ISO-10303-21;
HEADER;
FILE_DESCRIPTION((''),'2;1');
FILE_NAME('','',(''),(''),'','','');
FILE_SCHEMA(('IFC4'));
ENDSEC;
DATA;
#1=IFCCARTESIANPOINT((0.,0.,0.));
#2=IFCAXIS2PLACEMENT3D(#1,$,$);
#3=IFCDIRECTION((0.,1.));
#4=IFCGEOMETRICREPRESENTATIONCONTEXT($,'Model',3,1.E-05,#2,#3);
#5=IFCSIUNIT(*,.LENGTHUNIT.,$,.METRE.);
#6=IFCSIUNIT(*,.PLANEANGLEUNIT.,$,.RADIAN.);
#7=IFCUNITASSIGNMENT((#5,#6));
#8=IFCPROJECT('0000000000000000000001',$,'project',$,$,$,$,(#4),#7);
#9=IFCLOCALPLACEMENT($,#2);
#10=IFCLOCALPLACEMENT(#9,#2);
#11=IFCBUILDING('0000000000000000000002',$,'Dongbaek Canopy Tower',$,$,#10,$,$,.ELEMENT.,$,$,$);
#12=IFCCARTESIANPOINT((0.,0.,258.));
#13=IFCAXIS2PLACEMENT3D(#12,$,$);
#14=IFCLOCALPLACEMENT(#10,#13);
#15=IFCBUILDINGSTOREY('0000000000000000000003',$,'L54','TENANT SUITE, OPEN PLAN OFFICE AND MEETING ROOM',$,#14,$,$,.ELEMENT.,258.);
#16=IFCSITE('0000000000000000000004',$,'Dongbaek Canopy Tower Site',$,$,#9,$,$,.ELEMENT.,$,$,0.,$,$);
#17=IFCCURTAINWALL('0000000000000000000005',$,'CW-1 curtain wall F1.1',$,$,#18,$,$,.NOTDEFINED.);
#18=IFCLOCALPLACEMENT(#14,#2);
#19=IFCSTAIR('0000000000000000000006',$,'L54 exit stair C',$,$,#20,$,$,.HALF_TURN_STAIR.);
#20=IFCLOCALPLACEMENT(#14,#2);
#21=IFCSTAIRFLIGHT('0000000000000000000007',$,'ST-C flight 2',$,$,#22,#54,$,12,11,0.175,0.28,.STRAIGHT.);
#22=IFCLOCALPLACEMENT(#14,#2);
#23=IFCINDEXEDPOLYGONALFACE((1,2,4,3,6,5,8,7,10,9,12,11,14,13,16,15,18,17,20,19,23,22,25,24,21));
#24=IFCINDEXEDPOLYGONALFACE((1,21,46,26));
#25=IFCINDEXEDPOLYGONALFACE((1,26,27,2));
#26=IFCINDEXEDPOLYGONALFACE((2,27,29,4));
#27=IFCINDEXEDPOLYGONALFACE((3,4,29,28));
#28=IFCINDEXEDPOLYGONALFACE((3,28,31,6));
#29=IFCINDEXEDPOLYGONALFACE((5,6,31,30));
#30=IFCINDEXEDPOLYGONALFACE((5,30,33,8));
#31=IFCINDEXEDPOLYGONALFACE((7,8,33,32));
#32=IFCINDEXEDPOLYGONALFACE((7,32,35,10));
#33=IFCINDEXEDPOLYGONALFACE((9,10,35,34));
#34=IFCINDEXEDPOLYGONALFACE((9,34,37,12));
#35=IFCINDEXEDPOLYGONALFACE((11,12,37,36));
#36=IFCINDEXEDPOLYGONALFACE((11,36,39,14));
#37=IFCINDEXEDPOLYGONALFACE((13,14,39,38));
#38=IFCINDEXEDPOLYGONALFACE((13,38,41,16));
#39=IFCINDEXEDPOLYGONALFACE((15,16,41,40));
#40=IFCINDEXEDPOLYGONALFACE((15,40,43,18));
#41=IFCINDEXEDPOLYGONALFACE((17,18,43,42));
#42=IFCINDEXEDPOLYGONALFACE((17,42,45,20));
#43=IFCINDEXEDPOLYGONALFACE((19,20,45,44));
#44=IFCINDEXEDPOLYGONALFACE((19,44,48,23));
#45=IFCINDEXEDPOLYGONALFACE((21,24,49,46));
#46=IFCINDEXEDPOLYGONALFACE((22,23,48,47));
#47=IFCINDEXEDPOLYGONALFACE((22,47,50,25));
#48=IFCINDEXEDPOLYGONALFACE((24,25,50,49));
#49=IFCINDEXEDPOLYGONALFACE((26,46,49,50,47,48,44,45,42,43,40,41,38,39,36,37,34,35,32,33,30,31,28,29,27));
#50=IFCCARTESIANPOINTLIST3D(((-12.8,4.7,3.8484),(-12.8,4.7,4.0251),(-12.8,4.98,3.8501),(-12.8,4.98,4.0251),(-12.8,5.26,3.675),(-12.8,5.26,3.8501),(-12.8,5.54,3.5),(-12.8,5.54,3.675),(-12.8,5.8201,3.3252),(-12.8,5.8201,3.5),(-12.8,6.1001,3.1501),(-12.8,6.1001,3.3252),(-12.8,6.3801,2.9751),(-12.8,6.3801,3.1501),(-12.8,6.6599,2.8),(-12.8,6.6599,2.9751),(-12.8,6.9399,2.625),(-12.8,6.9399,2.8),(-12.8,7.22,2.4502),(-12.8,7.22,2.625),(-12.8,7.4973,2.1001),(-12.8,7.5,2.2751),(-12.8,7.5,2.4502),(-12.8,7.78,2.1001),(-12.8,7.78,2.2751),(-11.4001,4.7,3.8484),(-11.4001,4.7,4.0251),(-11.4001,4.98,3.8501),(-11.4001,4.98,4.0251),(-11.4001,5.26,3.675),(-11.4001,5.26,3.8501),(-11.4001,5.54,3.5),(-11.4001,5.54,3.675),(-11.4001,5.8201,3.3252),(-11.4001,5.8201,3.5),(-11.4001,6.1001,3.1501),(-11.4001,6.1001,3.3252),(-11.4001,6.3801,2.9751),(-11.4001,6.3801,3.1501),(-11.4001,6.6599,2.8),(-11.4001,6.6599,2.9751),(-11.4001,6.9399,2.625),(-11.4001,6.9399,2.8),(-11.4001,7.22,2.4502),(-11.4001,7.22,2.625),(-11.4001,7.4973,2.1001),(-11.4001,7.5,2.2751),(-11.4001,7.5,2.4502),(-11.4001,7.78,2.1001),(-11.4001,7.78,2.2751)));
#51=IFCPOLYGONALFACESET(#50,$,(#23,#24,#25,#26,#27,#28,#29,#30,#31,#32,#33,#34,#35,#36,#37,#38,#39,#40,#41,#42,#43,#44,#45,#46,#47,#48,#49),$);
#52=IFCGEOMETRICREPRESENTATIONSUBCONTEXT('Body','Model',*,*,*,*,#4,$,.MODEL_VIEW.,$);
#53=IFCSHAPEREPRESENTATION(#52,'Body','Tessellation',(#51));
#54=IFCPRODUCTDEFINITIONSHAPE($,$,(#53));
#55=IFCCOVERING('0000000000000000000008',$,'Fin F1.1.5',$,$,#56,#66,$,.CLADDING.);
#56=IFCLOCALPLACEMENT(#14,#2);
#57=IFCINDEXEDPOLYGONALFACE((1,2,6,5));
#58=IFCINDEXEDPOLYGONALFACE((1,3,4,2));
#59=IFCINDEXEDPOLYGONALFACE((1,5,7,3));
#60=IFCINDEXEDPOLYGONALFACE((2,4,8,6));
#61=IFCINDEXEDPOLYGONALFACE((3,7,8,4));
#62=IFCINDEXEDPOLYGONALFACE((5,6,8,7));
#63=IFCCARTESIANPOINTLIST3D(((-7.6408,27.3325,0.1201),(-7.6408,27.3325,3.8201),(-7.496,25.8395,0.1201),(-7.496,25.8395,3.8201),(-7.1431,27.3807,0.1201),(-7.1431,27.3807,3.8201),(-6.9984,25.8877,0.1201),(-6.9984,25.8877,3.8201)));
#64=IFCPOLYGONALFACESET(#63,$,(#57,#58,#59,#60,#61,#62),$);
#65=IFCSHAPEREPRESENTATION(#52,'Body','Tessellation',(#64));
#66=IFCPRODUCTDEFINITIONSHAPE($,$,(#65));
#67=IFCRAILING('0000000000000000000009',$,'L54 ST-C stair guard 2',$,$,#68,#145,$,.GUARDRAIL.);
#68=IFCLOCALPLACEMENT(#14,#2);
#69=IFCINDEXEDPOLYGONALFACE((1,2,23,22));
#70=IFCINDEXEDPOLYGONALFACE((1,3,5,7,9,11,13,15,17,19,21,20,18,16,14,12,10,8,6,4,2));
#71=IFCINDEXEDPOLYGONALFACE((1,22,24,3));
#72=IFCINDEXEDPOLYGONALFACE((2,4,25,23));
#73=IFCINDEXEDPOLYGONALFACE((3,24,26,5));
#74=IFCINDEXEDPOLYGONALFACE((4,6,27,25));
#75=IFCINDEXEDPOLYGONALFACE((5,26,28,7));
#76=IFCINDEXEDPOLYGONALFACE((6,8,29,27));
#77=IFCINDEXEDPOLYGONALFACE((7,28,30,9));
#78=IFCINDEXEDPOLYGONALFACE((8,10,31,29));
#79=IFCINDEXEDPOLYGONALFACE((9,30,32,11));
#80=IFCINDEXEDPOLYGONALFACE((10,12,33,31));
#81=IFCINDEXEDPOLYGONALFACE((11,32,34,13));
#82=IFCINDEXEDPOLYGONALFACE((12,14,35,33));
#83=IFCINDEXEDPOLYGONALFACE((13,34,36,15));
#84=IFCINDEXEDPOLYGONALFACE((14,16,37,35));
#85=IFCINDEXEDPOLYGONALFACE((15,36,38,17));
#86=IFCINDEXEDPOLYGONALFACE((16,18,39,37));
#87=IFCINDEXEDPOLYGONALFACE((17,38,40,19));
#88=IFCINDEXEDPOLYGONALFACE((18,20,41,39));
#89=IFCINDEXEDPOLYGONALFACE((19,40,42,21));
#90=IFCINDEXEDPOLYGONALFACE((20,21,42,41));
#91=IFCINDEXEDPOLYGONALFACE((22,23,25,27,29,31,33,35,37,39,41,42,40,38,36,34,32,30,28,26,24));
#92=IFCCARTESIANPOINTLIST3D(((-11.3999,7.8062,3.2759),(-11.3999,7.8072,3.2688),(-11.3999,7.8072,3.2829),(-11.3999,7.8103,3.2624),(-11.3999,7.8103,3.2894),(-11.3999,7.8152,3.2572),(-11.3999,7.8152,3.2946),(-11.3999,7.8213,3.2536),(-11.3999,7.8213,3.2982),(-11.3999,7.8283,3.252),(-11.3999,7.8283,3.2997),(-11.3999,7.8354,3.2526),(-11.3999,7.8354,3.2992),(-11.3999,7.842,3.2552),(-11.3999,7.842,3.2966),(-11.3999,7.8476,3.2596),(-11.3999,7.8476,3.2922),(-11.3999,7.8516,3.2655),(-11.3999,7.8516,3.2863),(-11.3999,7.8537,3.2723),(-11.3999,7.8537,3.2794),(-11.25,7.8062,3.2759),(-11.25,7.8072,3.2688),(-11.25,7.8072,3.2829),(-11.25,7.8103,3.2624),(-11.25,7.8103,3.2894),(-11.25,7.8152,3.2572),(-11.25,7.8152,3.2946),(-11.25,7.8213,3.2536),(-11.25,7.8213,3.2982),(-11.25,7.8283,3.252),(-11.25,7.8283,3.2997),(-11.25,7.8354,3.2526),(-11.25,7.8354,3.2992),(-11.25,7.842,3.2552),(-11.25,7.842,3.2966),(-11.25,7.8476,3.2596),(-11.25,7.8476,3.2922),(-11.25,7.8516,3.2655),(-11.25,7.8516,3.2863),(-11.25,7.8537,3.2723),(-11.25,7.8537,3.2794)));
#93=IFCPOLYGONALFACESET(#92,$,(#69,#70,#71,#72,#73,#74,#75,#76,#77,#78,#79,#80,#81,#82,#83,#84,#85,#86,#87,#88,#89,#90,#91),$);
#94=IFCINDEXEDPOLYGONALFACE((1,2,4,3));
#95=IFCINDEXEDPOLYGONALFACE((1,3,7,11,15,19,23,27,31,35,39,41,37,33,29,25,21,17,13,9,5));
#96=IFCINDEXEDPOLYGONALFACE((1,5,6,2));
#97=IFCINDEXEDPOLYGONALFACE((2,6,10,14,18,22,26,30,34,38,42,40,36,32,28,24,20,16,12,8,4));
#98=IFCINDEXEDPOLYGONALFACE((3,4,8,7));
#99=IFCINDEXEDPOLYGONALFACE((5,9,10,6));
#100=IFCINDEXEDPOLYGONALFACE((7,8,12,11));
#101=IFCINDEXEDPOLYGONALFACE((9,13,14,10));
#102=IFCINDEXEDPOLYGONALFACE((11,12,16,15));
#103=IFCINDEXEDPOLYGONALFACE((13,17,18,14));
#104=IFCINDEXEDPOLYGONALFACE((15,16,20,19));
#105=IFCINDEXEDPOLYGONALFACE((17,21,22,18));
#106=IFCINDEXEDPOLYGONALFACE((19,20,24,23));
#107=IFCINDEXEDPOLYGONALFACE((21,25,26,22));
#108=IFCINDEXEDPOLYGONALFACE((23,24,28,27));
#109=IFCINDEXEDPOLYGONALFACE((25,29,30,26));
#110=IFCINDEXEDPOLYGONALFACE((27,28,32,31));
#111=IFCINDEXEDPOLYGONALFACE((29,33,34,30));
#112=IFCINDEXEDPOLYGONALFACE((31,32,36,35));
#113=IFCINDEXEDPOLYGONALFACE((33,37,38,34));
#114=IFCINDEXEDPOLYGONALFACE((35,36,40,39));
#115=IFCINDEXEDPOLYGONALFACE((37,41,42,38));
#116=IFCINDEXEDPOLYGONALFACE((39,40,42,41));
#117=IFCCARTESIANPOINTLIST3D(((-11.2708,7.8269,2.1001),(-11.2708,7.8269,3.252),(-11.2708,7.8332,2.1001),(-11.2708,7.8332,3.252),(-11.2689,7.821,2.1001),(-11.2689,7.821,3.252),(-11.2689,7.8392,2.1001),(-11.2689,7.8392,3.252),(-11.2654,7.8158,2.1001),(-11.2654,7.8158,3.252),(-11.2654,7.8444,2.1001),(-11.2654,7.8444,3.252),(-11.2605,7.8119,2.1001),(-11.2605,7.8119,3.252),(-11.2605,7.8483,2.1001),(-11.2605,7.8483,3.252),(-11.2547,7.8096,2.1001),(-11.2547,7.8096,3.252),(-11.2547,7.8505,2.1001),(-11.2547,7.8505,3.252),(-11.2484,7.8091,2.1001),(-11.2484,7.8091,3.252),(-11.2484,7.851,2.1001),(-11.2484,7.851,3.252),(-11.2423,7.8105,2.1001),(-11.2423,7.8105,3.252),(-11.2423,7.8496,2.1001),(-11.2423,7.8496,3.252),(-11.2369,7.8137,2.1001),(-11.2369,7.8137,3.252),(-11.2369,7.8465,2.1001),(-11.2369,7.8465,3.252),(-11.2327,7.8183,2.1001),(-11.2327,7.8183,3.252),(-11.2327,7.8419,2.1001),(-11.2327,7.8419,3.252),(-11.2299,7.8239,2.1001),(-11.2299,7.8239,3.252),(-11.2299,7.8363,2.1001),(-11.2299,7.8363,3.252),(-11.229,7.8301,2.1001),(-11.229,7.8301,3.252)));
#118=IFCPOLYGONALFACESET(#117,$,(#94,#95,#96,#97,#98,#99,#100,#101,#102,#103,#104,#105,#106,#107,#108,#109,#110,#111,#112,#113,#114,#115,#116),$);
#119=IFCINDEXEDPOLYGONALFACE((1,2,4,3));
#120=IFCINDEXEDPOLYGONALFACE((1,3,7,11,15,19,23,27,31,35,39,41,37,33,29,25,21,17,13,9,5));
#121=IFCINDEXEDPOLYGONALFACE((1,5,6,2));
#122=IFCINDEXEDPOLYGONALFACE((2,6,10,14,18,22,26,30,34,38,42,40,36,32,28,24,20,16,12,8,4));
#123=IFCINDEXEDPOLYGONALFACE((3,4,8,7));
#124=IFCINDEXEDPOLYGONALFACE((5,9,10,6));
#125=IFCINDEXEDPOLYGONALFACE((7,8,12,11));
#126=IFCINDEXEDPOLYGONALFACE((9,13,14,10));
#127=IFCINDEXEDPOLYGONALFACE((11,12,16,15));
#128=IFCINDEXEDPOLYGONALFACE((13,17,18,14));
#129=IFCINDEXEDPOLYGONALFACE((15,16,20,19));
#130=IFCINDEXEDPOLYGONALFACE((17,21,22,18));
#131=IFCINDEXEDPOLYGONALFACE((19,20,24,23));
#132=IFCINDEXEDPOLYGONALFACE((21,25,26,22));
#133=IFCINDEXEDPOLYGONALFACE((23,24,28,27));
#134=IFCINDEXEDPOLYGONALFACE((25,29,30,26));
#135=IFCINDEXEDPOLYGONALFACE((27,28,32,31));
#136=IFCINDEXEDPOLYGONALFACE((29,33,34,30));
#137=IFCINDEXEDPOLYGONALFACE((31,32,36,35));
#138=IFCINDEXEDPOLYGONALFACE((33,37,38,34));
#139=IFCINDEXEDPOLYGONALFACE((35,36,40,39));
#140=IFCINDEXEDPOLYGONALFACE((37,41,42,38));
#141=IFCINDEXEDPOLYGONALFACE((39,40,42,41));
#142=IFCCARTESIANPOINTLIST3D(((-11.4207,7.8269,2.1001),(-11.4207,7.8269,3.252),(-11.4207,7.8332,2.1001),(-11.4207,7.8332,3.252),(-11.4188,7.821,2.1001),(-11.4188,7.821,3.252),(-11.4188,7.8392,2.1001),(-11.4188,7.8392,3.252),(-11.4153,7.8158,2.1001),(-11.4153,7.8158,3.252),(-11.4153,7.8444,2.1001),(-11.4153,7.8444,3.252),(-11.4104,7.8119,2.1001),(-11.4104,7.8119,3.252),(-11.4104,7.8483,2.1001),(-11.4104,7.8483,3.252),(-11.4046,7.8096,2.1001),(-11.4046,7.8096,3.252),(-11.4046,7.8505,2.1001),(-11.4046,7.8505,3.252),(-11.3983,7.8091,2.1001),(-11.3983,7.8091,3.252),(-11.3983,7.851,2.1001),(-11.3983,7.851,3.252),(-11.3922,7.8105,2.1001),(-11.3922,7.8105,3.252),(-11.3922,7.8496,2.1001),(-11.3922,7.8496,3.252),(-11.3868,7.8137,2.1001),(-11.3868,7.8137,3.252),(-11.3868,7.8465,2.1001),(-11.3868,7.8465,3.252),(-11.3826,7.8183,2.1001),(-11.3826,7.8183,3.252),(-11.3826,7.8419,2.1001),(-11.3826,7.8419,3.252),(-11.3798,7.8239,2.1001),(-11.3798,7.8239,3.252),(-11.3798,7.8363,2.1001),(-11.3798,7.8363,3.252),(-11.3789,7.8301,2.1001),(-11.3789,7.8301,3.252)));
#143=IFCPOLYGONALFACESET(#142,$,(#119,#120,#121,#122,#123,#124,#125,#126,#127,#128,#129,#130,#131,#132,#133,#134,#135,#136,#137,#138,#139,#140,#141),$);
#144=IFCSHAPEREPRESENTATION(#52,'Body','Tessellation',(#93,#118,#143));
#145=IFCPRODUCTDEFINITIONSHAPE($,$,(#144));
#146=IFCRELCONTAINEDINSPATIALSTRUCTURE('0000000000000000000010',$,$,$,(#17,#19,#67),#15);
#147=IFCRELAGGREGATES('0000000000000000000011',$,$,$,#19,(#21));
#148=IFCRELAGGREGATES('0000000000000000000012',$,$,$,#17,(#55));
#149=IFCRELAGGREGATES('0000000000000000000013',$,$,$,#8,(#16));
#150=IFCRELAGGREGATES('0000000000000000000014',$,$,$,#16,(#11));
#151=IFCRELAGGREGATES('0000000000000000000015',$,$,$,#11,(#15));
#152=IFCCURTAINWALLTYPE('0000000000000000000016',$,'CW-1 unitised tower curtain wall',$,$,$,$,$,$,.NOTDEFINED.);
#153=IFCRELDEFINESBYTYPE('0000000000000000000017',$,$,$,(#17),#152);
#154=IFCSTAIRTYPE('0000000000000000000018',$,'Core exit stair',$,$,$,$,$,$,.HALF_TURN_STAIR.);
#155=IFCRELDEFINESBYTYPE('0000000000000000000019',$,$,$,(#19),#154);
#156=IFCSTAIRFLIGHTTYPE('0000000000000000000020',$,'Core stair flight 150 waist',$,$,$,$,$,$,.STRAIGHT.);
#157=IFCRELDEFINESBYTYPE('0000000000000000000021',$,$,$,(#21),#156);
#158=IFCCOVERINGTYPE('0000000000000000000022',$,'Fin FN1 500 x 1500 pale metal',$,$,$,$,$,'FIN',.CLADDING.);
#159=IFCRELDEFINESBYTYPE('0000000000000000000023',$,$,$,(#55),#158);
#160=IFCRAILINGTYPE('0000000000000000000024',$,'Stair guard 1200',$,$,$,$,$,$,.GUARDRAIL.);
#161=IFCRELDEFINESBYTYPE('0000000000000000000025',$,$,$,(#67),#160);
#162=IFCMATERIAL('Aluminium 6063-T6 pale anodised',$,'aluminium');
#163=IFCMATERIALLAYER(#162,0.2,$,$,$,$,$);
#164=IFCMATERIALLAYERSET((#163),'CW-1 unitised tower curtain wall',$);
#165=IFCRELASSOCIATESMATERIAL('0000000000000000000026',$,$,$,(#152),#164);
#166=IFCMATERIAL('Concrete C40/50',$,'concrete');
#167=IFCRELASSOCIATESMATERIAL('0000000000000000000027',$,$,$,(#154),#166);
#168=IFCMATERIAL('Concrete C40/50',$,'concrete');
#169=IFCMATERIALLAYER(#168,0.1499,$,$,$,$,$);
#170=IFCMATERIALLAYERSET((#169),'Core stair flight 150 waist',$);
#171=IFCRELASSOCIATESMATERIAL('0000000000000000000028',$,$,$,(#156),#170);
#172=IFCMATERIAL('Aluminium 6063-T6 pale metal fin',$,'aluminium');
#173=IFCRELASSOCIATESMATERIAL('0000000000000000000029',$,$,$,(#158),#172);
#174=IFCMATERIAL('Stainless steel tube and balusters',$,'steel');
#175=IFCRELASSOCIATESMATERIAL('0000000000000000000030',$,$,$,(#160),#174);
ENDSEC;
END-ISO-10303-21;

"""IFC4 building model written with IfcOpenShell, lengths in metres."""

from ifc_helpers import new_model, si_unit, direction, frame, origin, origin_2d, place, context, subcontext, project, spatial, polyline, rectangle, circle, outline, extrude, material, layer, layer_set, material_profile, profile_set, type_object, element, aggregate, save


model = new_model("IFC4")

# Units and contexts
model_context = context("Model", 3, precision=1e-05, world=origin(), true_north=direction((0.0, 1.0)))
body_context = subcontext(model_context, "Body", "Model", "MODEL_VIEW")
ifc_project = project(units=[si_unit("LENGTHUNIT", "METRE"), si_unit("PLANEANGLEUNIT", "RADIAN")], contexts=[model_context])

# Site, building, storey
site_placement = place(None, origin())
site = spatial("IfcSite", under=ifc_project, at=site_placement, Name="Dongbaek Canopy Tower Site", CompositionType="ELEMENT", RefElevation=0.0)
building_placement = place(site_placement, origin())
building = spatial("IfcBuilding", under=site, at=building_placement, Name="Dongbaek Canopy Tower", CompositionType="ELEMENT")
storey_placement = place(building_placement, frame((0.0, 0.0, 258.0)))
storey = spatial("IfcBuildingStorey", under=building, at=storey_placement, Name="L54", Description="TENANT SUITE, OPEN PLAN OFFICE AND MEETING ROOM", CompositionType="ELEMENT", Elevation=258.0)

# Curtain wall
ifc_material_1 = material(Name="Aluminium 6063-T6 pale anodised", Category="aluminium")
ifc_layer_1 = layer(ifc_material_1, 0.2)
ifc_layer_set_1 = layer_set([ifc_layer_1], Name="CW-1 unitised tower curtain wall")
curtain_wall_type = type_object("IfcCurtainWallType", Name="CW-1 unitised tower curtain wall", PredefinedType="NOTDEFINED", material=ifc_layer_set_1)
curtain_wall_1_placement = place(storey_placement, origin())
curtain_wall_1 = element("IfcCurtainWall", 1, at=curtain_wall_1_placement, inside=storey, type_object=curtain_wall_type, Name="CW-1 curtain wall F1.1", PredefinedType="NOTDEFINED")

# Stair, stair flight
ifc_material_2 = material(Name="Concrete C40/50", Category="concrete")
stair_type = type_object("IfcStairType", Name="Core exit stair", PredefinedType="HALF_TURN_STAIR", material=ifc_material_2)
stair_placement = place(storey_placement, origin())
stair = element("IfcStair", 2, at=stair_placement, inside=storey, type_object=stair_type, Name="L54 exit stair C", PredefinedType="HALF_TURN_STAIR")
ifc_material_3 = material(Name="Concrete C40/50", Category="concrete")
ifc_layer_2 = layer(ifc_material_3, 0.1499)
ifc_layer_set_2 = layer_set([ifc_layer_2], Name="Core stair flight 150 waist")
stair_flight_type = type_object("IfcStairFlightType", Name="Core stair flight 150 waist", PredefinedType="STRAIGHT", material=ifc_layer_set_2)
stair_flight_placement = place(storey_placement, frame((-12.1001, 7.78, 2.1001), z_axis=(0.0, 0.0, 1.0), x_axis=(0.0, -1.0, 0.0)))
stair_flight = element("IfcStairFlight", 3, at=stair_flight_placement, type_object=stair_flight_type, Name="ST-C flight 2", NumberOfRisers=12, NumberOfTreads=11, PredefinedType="STRAIGHT", RiserHeight=0.175, TreadLength=0.28, context=body_context, shape_type="SweptSolid", body=[
    extrude(outline(polyline([(0.0, 0.0), (0.0, 0.175), (0.28, 0.175), (0.28, 0.3501), (0.5601, 0.3501), (0.5601, 0.5249), (0.8401, 0.5249), (0.8401, 0.7), (1.1201, 0.7), (1.1201, 0.875), (1.3999, 0.875), (1.3999, 1.05), (1.6799, 1.05), (1.6799, 1.2251), (1.96, 1.2251), (1.96, 1.3999), (2.24, 1.3999), (2.24, 1.575), (2.52, 1.575), (2.52, 1.75), (2.8, 1.75), (2.8, 1.925), (3.0801, 1.925), (3.0801, 2.1001), (3.0801, 1.7483), (0.2827, 0.0), (0.0, 0.0)])), frame((0.0, 0.7, 0.0), z_axis=(0.0, -1.0, 0.0), x_axis=(1.0, 0.0, 0.0)), (0.0, 0.0, 1.0), 1.3999),
])
aggregate(stair, [stair_flight])

# Covering
ifc_material_4 = material(Name="Aluminium 6063-T6 pale metal fin", Category="aluminium")
ifc_material_profile_1 = material_profile(ifc_material_4, rectangle(XDim=1.5, YDim=0.5, at=origin_2d()), Name="Fin FN1 500 x 1500 pale metal")
ifc_profile_set_1 = profile_set([ifc_material_profile_1], Name="Aluminium 6063-T6 pale metal fin")
covering_type = type_object("IfcCoveringType", Name="Fin FN1 500 x 1500 pale metal", ElementType="FIN", PredefinedType="CLADDING", material=ifc_profile_set_1)
covering_placement = place(storey_placement, frame((-7.3196, 26.6101, 0.1201), z_axis=(0.0, 0.0, 1.0), x_axis=(-0.096506, 0.995332, 0.0)))
covering = element("IfcCovering", 4, at=covering_placement, type_object=covering_type, Name="Fin F1.1.5", PredefinedType="CLADDING", context=body_context, shape_type="SweptSolid", body=[
    extrude(rectangle(XDim=1.5, YDim=0.5, at=origin_2d()), origin(), (0.0, 0.0, 1.0), 3.7),
])
aggregate(curtain_wall_1, [covering])

# Railing
ifc_material_5 = material(Name="Stainless steel tube and balusters", Category="steel")
railing_type_1 = type_object("IfcRailingType", Name="Stair guard 1200", PredefinedType="GUARDRAIL", material=ifc_material_5)
railing_1_placement = place(storey_placement, frame((-11.25, 7.8301, 2.1001)))
element("IfcRailing", 5, at=railing_1_placement, inside=storey, type_object=railing_type_1, Name="L54 ST-C stair guard 2", PredefinedType="GUARDRAIL", context=body_context, shape_type="SweptSolid", body=[
    extrude(circle(Radius=0.0239, at=origin_2d()), frame((0.0, 0.0, 1.1758), z_axis=(-1.0, 0.0, 0.0), x_axis=(0.0, -1.0, 0.0)), (0.0, 0.0, 1.0), 0.1499),
    extrude(circle(Radius=0.021, at=origin_2d()), origin(), (0.0, 0.0, 1.0), 1.1519),
    extrude(circle(Radius=0.021, at=origin_2d()), frame((-0.1499, 0.0, 0.0)), (0.0, 0.0, 1.0), 1.1519),
])

save(model, "model.ifc")
